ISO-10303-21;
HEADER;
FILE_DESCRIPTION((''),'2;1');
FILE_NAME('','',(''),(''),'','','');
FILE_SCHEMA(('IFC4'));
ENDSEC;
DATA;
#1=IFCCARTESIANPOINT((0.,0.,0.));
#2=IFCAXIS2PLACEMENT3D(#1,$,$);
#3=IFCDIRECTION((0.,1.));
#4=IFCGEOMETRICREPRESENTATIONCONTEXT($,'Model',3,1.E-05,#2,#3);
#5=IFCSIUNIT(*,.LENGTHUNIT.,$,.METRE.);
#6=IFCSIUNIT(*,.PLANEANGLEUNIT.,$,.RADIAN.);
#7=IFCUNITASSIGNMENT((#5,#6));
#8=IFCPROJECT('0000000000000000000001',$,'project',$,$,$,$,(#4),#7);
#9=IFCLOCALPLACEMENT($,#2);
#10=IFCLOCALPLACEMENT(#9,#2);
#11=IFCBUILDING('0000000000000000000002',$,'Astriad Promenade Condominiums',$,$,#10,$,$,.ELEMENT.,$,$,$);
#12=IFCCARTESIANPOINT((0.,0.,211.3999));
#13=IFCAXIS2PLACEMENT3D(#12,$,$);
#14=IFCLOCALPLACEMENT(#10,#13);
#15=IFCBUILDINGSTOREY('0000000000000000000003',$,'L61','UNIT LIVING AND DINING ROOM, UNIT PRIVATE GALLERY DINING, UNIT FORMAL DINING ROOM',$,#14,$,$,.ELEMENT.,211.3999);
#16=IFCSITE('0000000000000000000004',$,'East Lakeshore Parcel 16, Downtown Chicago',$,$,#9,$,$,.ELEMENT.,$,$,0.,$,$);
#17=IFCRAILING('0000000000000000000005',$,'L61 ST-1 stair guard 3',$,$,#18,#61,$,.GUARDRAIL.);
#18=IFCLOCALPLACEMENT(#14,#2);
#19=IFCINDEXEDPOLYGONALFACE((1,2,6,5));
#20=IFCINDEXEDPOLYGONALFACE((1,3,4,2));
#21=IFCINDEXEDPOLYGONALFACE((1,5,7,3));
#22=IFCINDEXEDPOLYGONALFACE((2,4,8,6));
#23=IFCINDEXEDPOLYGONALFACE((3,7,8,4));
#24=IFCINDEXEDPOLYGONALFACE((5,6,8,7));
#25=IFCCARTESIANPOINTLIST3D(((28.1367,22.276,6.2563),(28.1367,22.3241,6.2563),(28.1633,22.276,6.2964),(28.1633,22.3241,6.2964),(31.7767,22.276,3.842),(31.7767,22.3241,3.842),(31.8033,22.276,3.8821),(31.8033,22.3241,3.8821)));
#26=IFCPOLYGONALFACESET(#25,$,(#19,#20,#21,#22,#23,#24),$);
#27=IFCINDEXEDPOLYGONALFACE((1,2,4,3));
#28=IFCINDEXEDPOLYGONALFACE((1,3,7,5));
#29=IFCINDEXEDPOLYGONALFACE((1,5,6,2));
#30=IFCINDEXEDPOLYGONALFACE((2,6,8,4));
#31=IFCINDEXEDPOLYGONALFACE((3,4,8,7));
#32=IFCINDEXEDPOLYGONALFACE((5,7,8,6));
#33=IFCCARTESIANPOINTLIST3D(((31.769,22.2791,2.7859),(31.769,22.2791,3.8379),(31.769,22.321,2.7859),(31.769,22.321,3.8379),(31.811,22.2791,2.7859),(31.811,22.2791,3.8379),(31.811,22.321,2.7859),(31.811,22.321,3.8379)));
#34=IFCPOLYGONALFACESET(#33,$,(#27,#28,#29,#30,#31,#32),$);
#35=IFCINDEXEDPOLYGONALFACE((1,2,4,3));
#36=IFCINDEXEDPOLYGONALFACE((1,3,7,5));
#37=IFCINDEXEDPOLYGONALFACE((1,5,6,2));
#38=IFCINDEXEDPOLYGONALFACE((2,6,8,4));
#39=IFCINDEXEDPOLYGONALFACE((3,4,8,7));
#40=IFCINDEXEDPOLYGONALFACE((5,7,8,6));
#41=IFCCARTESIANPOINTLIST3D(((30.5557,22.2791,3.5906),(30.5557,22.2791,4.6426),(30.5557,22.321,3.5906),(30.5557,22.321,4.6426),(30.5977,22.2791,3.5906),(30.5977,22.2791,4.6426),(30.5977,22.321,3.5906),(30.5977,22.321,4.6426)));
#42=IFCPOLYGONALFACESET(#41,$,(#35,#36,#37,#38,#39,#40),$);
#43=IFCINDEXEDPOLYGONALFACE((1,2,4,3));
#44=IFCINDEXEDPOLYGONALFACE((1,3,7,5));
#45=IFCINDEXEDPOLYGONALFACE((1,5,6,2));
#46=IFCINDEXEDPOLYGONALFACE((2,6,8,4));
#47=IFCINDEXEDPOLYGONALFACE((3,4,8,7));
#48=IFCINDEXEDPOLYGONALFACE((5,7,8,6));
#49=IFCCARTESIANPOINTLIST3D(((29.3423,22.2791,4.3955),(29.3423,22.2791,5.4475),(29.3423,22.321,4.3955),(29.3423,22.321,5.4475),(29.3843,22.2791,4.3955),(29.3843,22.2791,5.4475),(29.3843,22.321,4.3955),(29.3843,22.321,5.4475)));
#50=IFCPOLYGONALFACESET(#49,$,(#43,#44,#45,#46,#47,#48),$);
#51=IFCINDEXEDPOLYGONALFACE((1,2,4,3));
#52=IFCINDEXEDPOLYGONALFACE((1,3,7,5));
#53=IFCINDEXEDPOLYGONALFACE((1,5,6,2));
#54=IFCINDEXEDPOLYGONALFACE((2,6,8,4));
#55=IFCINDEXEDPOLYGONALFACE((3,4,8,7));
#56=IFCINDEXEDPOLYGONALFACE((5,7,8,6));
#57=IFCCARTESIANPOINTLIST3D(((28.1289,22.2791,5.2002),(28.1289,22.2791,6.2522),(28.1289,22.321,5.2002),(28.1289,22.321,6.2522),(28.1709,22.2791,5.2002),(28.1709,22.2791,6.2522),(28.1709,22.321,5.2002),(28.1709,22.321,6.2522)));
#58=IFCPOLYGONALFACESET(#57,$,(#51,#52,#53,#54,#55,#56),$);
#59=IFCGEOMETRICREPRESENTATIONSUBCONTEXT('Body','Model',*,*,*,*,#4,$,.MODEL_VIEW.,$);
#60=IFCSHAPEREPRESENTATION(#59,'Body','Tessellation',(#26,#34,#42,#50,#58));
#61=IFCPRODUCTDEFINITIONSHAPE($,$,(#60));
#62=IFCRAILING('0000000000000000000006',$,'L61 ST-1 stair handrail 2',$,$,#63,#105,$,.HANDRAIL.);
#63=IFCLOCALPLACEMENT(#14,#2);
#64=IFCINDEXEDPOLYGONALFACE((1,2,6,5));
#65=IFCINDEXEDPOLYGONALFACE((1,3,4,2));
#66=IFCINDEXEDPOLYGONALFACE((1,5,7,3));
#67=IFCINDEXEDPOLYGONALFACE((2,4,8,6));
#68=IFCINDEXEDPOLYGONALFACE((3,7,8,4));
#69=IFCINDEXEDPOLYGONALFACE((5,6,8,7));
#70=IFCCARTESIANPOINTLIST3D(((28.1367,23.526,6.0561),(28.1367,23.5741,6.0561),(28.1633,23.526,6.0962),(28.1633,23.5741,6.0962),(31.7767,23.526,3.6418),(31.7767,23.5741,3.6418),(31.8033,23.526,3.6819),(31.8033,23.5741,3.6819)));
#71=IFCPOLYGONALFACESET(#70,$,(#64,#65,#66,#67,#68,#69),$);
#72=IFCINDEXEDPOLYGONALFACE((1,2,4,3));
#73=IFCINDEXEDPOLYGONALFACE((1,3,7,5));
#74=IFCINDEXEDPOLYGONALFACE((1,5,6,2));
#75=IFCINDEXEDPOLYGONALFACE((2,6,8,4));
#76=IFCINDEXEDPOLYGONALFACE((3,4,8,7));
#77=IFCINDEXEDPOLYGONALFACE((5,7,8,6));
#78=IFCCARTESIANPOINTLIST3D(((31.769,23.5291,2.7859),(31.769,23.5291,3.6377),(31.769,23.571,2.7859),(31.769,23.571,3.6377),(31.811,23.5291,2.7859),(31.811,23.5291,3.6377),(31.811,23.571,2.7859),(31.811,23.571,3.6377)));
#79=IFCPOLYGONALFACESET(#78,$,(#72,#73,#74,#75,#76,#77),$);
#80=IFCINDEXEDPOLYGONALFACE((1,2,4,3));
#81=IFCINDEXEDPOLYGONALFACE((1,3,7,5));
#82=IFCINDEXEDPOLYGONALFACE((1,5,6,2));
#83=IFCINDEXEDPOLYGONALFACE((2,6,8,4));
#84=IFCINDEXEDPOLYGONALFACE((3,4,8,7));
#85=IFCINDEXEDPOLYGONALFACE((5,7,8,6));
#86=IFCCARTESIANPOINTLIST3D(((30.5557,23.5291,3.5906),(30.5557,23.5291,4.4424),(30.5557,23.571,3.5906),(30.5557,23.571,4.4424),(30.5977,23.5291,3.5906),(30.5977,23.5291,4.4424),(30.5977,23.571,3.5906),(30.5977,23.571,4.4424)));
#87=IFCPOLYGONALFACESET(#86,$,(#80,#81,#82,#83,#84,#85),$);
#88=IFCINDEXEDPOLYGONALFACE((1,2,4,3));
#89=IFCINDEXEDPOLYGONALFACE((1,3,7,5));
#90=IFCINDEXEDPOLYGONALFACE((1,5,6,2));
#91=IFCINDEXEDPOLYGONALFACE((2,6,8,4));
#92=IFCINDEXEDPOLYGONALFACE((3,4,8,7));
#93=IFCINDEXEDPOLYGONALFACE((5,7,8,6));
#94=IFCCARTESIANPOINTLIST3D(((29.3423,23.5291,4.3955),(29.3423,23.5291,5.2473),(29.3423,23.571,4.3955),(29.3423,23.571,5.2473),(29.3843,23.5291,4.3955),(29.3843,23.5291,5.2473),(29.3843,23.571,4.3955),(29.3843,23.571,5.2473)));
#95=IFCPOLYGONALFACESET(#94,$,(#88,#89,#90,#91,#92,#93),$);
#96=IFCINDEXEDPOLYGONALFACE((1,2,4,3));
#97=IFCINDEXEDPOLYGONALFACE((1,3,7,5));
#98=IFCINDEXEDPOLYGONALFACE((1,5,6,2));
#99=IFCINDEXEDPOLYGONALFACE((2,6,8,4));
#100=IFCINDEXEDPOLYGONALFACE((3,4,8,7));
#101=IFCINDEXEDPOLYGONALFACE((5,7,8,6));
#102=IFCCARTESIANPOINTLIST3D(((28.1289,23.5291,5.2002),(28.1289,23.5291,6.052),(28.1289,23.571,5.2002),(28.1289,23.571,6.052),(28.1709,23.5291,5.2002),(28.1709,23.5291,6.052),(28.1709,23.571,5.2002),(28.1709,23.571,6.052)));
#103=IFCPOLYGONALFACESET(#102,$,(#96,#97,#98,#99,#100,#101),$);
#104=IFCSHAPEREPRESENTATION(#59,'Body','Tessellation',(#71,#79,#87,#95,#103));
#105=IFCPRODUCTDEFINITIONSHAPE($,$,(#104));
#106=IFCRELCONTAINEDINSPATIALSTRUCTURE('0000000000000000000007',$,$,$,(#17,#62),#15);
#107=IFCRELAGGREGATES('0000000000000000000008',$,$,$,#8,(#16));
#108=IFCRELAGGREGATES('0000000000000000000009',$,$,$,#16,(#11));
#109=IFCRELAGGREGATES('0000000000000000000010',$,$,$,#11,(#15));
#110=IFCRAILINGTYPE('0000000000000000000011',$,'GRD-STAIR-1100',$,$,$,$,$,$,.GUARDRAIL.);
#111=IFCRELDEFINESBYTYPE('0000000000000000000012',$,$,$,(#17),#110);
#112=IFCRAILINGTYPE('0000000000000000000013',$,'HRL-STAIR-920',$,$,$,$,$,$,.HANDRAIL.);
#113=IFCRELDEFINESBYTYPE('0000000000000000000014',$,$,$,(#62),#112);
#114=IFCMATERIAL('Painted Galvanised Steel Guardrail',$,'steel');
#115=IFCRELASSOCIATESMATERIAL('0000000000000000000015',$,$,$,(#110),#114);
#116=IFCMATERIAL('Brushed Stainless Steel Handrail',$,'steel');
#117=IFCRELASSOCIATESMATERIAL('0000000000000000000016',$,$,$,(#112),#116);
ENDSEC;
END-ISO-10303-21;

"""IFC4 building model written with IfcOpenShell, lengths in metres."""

from ifc_helpers import new_model, si_unit, direction, frame, origin, origin_2d, place, context, subcontext, project, spatial, rectangle, extrude, source, transform, mapped, material, type_object, type_shapes, element, save


model = new_model("IFC4")

# Units and contexts
model_context = context("Model", 3, precision=1e-05, world=origin(), true_north=direction((0.0, 1.0)))
body_context = subcontext(model_context, "Body", "Model", "MODEL_VIEW")
ifc_project = project(units=[si_unit("LENGTHUNIT", "METRE"), si_unit("PLANEANGLEUNIT", "RADIAN")], contexts=[model_context])

# Site, building, storey
site_placement = place(None, origin())
site = spatial("IfcSite", under=ifc_project, at=site_placement, Name="East Lakeshore Parcel 16, Downtown Chicago", CompositionType="ELEMENT", RefElevation=0.0)
building_placement = place(site_placement, origin())
building = spatial("IfcBuilding", under=site, at=building_placement, Name="Astriad Promenade Condominiums", CompositionType="ELEMENT")
storey_placement = place(building_placement, frame((0.0, 0.0, 211.3999)))
storey = spatial("IfcBuildingStorey", under=building, at=storey_placement, Name="L61", Description="UNIT LIVING AND DINING ROOM, UNIT PRIVATE GALLERY DINING, UNIT FORMAL DINING ROOM", CompositionType="ELEMENT", Elevation=211.3999)

# Railings
ifc_material_1 = material(Name="Painted Galvanised Steel Guardrail", Category="steel")
railing_type_1 = type_object("IfcRailingType", Name="GRD-STAIR-1100", PredefinedType="GUARDRAIL", material=ifc_material_1)
shared_shape_1 = source(origin(), body_context, "Body", "SweptSolid", [
    extrude(rectangle(XDim=0.0481, YDim=0.0481, at=origin_2d()), frame((0.0, 0.0, 1.0762), z_axis=(-0.833364, 0.0, 0.552725), x_axis=(0.0, -1.0, 0.0)), (0.0, 0.0, 1.0), 4.3679),
    extrude(rectangle(XDim=0.042, YDim=0.042, at=origin_2d()), origin(), (0.0, 0.0, 1.0), 1.052),
    extrude(rectangle(XDim=0.042, YDim=0.042, at=origin_2d()), frame((-1.2134, 0.0, 0.8047)), (0.0, 0.0, 1.0), 1.052),
    extrude(rectangle(XDim=0.042, YDim=0.042, at=origin_2d()), frame((-2.4268, 0.0, 1.6096)), (0.0, 0.0, 1.0), 1.052),
    extrude(rectangle(XDim=0.042, YDim=0.042, at=origin_2d()), frame((-3.6401, 0.0, 2.4143)), (0.0, 0.0, 1.0), 1.052),
])
railing_1_placement = place(storey_placement, frame((31.79, 22.3, 2.7859)))
element("IfcRailing", 1, at=railing_1_placement, inside=storey, type_object=railing_type_1, Name="L61 ST-1 stair guard 3", PredefinedType="GUARDRAIL", context=body_context, shape_type="MappedRepresentation", body=[
    mapped(shared_shape_1, transform((0.0, 0.0, 0.0), scale=1.0)),
])
ifc_material_2 = material(Name="Brushed Stainless Steel Handrail", Category="steel")
railing_type_2 = type_object("IfcRailingType", Name="HRL-STAIR-920", PredefinedType="HANDRAIL", material=ifc_material_2)
shared_shape_2 = source(origin(), body_context, "Body", "SweptSolid", [
    extrude(rectangle(XDim=0.0481, YDim=0.0481, at=origin_2d()), frame((0.0, 0.0, 0.876), z_axis=(-0.833364, 0.0, 0.552725), x_axis=(0.0, -1.0, 0.0)), (0.0, 0.0, 1.0), 4.3679),
    extrude(rectangle(XDim=0.042, YDim=0.042, at=origin_2d()), origin(), (0.0, 0.0, 1.0), 0.8518),
    extrude(rectangle(XDim=0.042, YDim=0.042, at=origin_2d()), frame((-1.2134, 0.0, 0.8047)), (0.0, 0.0, 1.0), 0.8518),
    extrude(rectangle(XDim=0.042, YDim=0.042, at=origin_2d()), frame((-2.4268, 0.0, 1.6096)), (0.0, 0.0, 1.0), 0.8518),
    extrude(rectangle(XDim=0.042, YDim=0.042, at=origin_2d()), frame((-3.6401, 0.0, 2.4143)), (0.0, 0.0, 1.0), 0.8518),
])
type_shapes(railing_type_2, [shared_shape_2])
railing_2_placement = place(storey_placement, frame((31.79, 23.55, 2.7859)))
element("IfcRailing", 2, at=railing_2_placement, inside=storey, type_object=railing_type_2, Name="L61 ST-1 stair handrail 2", PredefinedType="HANDRAIL", context=body_context, shape_type="MappedRepresentation", body=[
    mapped(shared_shape_2, transform((0.0, 0.0, 0.0), scale=1.0)),
])

save(model, "model.ifc")
